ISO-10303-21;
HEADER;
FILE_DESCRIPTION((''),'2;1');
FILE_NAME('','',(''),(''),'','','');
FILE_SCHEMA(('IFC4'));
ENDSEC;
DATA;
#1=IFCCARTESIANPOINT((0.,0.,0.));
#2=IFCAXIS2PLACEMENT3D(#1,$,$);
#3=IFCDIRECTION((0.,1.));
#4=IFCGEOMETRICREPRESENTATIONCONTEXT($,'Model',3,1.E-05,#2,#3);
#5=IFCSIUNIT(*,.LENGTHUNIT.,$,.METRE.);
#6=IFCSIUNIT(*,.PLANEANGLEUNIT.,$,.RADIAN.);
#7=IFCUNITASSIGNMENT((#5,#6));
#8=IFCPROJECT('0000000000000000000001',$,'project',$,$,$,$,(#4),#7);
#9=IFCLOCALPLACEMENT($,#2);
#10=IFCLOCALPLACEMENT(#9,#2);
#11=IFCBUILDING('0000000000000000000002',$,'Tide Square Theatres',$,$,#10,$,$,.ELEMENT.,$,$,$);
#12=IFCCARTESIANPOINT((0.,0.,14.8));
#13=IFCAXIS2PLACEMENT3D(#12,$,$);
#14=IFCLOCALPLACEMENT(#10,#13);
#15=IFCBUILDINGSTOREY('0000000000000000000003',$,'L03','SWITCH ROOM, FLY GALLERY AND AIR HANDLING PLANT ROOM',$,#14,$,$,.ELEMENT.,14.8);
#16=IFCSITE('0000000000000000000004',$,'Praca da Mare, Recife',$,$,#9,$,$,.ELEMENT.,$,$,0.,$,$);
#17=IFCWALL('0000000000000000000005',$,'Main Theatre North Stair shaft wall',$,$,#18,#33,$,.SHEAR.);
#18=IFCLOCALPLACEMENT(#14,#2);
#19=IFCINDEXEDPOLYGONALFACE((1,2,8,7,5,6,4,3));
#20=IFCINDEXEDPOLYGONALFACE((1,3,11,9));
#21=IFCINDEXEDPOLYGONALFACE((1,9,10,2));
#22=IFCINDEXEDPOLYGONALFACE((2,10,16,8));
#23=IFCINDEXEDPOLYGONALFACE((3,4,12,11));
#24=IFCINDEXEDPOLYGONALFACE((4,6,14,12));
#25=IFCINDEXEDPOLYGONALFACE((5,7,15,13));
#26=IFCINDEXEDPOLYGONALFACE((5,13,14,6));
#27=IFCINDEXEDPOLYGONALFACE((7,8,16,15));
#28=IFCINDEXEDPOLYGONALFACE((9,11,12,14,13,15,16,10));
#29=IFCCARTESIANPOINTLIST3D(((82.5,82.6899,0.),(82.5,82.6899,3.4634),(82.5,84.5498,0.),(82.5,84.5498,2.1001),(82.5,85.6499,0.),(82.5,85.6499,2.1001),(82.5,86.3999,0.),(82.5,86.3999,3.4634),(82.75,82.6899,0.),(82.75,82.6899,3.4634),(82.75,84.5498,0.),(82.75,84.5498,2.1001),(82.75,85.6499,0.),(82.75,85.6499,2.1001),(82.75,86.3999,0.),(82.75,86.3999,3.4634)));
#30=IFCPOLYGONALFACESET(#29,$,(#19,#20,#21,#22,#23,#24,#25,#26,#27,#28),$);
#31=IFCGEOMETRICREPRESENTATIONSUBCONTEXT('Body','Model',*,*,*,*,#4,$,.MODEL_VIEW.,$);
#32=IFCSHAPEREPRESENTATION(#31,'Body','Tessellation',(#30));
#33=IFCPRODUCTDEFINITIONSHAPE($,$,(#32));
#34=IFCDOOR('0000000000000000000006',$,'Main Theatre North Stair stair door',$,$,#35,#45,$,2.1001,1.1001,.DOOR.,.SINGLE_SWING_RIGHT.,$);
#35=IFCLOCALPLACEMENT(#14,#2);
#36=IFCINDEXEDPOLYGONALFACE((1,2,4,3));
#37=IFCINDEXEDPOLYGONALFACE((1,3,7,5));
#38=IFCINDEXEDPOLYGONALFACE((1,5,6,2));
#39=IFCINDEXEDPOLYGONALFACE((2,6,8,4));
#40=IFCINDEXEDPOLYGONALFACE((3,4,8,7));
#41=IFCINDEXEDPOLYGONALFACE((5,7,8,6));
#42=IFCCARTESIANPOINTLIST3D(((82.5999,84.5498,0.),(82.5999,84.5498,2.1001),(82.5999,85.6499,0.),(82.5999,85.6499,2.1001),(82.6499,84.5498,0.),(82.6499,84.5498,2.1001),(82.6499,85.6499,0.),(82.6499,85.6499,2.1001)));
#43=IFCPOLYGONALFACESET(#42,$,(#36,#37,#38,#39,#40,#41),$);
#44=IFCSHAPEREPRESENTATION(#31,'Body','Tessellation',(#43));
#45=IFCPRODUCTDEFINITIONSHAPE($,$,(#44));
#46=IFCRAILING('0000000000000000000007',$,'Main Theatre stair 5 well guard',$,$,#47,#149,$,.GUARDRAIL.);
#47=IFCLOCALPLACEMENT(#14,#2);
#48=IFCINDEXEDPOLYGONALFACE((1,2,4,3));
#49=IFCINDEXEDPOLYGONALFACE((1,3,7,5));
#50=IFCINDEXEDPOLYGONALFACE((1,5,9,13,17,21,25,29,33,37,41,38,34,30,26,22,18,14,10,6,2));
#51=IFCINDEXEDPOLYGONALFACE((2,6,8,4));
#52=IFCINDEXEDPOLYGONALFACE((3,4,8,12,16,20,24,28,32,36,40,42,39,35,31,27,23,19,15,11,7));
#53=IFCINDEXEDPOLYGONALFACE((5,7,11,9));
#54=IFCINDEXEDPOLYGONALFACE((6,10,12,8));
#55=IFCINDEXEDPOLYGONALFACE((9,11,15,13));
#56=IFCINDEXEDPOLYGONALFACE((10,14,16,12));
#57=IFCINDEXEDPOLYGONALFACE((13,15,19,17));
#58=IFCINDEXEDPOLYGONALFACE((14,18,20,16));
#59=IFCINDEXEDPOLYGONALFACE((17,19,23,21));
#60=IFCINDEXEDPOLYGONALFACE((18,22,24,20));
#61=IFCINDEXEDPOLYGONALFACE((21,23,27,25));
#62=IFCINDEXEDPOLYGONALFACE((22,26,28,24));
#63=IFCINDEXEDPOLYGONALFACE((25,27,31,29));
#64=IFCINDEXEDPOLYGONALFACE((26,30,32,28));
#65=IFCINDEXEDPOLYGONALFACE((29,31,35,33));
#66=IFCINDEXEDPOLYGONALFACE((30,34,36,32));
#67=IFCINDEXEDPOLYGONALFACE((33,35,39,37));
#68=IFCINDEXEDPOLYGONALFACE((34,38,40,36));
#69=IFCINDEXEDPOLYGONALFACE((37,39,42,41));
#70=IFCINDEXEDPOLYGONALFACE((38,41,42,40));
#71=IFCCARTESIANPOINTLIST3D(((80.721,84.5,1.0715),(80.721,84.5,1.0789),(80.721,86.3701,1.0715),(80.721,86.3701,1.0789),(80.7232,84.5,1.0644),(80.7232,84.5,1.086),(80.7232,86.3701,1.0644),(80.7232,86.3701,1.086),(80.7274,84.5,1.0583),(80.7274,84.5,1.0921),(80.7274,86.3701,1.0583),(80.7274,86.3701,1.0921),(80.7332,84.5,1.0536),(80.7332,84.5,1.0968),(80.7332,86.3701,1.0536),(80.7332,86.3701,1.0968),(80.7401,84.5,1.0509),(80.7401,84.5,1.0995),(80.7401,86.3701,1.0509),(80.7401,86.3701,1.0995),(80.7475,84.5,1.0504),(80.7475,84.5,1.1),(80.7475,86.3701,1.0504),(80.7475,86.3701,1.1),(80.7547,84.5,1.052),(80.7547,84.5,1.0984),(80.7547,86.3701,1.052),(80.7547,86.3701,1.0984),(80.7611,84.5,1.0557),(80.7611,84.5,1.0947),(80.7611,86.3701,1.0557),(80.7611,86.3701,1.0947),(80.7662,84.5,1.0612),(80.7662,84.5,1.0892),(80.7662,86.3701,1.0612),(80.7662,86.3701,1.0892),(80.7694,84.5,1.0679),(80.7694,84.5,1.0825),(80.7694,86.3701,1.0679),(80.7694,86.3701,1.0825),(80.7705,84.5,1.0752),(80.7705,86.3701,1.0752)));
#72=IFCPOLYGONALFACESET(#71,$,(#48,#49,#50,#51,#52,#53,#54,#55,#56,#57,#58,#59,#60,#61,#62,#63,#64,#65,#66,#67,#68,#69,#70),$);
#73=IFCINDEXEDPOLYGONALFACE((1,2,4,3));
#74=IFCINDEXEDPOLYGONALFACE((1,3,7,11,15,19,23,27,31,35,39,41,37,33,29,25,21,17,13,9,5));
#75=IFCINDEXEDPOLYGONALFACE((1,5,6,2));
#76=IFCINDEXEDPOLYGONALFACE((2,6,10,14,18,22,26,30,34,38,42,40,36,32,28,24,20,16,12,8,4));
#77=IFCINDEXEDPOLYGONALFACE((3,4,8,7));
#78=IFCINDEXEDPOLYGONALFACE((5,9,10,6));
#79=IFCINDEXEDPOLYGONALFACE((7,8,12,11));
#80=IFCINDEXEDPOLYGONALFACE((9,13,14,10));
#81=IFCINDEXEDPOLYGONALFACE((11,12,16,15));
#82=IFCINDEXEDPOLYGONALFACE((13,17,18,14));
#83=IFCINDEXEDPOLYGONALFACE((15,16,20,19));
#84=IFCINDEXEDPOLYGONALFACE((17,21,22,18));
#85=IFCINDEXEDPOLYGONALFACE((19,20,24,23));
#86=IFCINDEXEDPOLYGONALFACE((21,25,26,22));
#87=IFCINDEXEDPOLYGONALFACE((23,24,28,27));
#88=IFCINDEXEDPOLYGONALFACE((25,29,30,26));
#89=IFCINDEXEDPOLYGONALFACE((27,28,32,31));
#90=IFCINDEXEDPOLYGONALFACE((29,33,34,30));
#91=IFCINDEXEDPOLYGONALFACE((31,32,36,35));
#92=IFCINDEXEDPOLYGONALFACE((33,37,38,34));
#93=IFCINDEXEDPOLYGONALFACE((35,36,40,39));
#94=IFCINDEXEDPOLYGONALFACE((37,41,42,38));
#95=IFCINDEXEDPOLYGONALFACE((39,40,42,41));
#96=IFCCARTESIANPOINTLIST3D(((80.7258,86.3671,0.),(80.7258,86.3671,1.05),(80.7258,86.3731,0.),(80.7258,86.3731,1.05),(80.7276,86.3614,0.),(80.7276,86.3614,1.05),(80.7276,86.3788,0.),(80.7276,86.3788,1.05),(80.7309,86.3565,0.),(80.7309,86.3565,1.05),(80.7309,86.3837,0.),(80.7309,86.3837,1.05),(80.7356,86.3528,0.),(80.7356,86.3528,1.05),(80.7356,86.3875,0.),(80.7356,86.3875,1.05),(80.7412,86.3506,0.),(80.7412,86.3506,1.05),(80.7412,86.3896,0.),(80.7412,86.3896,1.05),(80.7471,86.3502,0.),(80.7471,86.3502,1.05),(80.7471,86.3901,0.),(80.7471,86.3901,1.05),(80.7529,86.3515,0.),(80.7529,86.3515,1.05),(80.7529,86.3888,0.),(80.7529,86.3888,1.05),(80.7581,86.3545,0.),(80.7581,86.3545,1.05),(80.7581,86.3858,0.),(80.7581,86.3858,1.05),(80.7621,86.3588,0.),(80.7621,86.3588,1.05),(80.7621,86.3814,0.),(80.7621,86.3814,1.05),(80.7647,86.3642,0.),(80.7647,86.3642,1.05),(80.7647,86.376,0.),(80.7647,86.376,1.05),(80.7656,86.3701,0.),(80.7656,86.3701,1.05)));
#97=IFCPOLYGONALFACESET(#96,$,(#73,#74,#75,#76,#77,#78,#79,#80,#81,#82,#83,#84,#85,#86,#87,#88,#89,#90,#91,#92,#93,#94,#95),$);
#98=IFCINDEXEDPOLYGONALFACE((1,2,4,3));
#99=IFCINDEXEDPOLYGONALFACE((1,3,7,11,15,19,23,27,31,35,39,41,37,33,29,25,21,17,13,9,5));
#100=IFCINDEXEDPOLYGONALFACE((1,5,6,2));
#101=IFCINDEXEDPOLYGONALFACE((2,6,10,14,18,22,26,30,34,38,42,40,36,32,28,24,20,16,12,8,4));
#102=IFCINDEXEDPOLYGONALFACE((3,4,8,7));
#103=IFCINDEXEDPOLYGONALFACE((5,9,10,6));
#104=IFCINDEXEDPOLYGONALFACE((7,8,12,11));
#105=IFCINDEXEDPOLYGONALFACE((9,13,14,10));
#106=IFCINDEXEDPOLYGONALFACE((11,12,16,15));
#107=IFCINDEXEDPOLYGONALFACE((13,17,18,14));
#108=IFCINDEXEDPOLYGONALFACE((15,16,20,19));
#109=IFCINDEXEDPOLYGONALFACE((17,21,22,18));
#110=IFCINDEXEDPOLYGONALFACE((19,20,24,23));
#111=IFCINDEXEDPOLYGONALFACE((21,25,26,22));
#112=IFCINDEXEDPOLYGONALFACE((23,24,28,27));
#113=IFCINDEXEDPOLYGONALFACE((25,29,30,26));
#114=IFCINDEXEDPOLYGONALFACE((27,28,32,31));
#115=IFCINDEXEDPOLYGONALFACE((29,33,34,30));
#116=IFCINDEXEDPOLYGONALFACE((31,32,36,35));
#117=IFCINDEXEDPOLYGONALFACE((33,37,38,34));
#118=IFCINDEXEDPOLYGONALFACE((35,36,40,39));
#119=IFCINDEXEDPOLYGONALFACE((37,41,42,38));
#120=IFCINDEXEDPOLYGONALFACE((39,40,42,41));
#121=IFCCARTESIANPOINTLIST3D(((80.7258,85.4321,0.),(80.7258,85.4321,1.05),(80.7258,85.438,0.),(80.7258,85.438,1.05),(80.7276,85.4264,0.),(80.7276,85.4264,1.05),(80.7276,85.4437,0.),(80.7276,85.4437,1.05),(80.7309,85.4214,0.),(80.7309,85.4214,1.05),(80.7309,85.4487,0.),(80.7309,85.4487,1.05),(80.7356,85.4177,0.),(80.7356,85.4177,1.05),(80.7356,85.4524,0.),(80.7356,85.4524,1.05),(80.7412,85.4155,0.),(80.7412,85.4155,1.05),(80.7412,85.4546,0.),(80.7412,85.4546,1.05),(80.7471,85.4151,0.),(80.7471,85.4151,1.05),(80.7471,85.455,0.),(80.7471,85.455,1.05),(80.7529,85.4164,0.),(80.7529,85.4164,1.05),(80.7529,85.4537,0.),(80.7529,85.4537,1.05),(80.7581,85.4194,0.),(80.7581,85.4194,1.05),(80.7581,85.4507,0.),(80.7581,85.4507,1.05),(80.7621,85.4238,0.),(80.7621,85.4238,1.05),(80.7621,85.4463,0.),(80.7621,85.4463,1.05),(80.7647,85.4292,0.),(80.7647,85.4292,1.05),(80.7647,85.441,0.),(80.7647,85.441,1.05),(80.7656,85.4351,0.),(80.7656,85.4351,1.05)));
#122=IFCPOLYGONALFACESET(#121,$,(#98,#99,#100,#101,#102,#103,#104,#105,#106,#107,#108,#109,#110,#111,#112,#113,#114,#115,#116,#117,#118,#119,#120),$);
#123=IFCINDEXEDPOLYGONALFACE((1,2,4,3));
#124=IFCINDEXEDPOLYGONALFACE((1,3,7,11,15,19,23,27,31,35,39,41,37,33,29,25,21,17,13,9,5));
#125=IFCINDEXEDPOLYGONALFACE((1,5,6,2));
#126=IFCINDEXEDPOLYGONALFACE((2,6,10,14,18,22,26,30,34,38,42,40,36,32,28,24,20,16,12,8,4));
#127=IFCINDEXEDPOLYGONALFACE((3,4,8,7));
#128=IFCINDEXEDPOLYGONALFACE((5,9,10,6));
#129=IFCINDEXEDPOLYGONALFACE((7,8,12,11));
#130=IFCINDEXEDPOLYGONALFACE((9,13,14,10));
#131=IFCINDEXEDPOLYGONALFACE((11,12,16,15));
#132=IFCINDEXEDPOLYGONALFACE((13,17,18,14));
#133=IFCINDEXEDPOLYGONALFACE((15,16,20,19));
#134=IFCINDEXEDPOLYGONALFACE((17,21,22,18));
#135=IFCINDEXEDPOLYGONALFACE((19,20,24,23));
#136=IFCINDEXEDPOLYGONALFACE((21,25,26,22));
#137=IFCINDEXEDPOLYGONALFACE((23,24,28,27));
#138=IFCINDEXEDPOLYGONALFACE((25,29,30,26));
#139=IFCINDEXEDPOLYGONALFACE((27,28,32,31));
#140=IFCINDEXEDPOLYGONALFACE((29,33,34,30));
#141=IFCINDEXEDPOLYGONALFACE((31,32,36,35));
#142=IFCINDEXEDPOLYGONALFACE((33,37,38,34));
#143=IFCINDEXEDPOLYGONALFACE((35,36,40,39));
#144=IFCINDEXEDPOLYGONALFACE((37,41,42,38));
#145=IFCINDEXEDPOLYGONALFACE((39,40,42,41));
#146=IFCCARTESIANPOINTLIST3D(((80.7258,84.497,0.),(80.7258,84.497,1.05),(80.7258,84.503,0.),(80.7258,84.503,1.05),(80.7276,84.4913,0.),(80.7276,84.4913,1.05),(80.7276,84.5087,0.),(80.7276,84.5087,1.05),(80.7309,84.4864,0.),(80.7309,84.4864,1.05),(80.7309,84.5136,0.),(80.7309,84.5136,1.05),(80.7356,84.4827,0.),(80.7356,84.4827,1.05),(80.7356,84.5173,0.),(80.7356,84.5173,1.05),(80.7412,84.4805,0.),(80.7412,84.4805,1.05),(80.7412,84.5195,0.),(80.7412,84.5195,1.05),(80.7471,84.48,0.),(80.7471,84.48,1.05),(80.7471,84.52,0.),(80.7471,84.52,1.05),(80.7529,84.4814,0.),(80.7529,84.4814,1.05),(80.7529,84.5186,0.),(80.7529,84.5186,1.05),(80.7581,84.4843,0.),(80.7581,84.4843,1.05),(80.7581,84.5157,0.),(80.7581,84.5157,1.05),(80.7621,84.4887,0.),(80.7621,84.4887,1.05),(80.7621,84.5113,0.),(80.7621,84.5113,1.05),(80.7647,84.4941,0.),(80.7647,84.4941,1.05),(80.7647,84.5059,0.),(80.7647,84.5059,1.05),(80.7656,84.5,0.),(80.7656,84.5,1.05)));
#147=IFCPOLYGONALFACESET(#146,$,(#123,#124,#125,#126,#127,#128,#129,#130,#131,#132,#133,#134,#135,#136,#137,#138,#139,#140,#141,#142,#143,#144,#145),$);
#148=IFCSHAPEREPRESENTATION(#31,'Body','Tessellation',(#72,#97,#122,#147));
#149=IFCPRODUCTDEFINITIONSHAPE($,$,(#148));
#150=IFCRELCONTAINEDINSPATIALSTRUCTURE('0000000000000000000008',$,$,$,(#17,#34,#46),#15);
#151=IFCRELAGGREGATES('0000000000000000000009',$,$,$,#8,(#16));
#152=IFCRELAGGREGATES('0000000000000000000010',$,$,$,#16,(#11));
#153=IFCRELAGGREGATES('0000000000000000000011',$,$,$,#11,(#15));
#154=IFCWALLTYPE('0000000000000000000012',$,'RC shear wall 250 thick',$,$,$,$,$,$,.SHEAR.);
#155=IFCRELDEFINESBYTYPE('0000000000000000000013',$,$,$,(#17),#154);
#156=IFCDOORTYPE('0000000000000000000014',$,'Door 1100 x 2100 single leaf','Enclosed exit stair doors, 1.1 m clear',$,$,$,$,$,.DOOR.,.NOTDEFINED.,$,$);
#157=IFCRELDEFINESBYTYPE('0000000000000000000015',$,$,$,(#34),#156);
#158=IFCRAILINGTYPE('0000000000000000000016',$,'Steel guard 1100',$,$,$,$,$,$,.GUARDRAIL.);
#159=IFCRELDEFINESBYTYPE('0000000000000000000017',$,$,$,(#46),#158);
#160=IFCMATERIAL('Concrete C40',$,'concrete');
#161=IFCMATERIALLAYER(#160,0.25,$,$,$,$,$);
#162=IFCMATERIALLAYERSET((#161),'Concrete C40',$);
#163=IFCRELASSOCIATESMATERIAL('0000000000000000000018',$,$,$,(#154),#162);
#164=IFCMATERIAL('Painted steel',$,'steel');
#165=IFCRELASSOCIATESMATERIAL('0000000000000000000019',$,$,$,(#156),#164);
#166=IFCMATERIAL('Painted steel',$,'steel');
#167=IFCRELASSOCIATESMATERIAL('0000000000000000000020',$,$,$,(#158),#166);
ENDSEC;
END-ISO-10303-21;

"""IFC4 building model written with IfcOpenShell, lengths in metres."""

from ifc_helpers import new_model, si_unit, direction, frame, frame_2d, origin, origin_2d, place, context, subcontext, project, spatial, rectangle, circle, extrude, material, layer, layer_set, type_object, element, fill, save


model = new_model("IFC4")

# Units and contexts
model_context = context("Model", 3, precision=1e-05, world=origin(), true_north=direction((0.0, 1.0)))
body_context = subcontext(model_context, "Body", "Model", "MODEL_VIEW")
ifc_project = project(units=[si_unit("LENGTHUNIT", "METRE"), si_unit("PLANEANGLEUNIT", "RADIAN")], contexts=[model_context])

# Site, building, storey
site_placement = place(None, origin())
site = spatial("IfcSite", under=ifc_project, at=site_placement, Name="Praca da Mare, Recife", CompositionType="ELEMENT", RefElevation=0.0)
building_placement = place(site_placement, origin())
building = spatial("IfcBuilding", under=site, at=building_placement, Name="Tide Square Theatres", CompositionType="ELEMENT")
storey_placement = place(building_placement, frame((0.0, 0.0, 14.8)))
storey = spatial("IfcBuildingStorey", under=building, at=storey_placement, Name="L03", Description="SWITCH ROOM, FLY GALLERY AND AIR HANDLING PLANT ROOM", CompositionType="ELEMENT", Elevation=14.8)

# Wall, opening, door
ifc_material_1 = material(Name="Concrete C40", Category="concrete")
ifc_layer_1 = layer(ifc_material_1, 0.25)
ifc_layer_set_1 = layer_set([ifc_layer_1], Name="Concrete C40")
wall_type_1 = type_object("IfcWallType", Name="RC shear wall 250 thick", PredefinedType="SHEAR", material=ifc_layer_set_1)
wall_1_placement = place(storey_placement, frame((82.625, 86.3999, 0.0), z_axis=(0.0, 0.0, 1.0), x_axis=(0.0, -1.0, 0.0)))
wall_1 = element("IfcWall", 1, at=wall_1_placement, inside=storey, type_object=wall_type_1, Name="Main Theatre North Stair shaft wall", PredefinedType="SHEAR", context=body_context, shape_type="SweptSolid", body=[
    extrude(rectangle(XDim=3.71, YDim=0.25, at=frame_2d((1.855, 0.0))), origin(), (0.0, 0.0, 1.0), 3.4634),
])
opening_placement = place(wall_1_placement, frame((0.75, 0.0, 0.0)))
opening = element("IfcOpeningElement", 2, at=opening_placement, cuts=wall_1, PredefinedType="OPENING", context=body_context, shape_type="SweptSolid", body=[
    extrude(rectangle(XDim=1.1001, YDim=2.1001, at=frame_2d((0.55, 1.05))), frame((0.0, 0.135, 0.0), z_axis=(0.0, -1.0, 0.0), x_axis=(1.0, 0.0, 0.0)), (0.0, 0.0, 1.0), 0.27),
])
ifc_material_2 = material(Name="Painted steel", Category="steel")
door_type = type_object("IfcDoorType", Name="Door 1100 x 2100 single leaf", Description="Enclosed exit stair doors, 1.1 m clear", OperationType="NOTDEFINED", PredefinedType="DOOR", material=ifc_material_2)
door_placement = place(opening_placement, origin())
door = element("IfcDoor", 3, at=door_placement, inside=storey, type_object=door_type, Name="Main Theatre North Stair stair door", OperationType="SINGLE_SWING_RIGHT", OverallHeight=2.1001, OverallWidth=1.1001, PredefinedType="DOOR", context=body_context, shape_type="SweptSolid", body=[
    extrude(rectangle(XDim=1.1001, YDim=2.1001, at=frame_2d((0.55, 1.05))), frame((0.0, 0.0249, 0.0), z_axis=(0.0, -1.0, 0.0), x_axis=(1.0, 0.0, 0.0)), (0.0, 0.0, 1.0), 0.05),
])
fill(opening, door)

# Railing
ifc_material_3 = material(Name="Painted steel", Category="steel")
railing_type = type_object("IfcRailingType", Name="Steel guard 1100", PredefinedType="GUARDRAIL", material=ifc_material_3)
railing_placement = place(storey_placement, frame((80.7456, 86.3701, 0.0)))
element("IfcRailing", 4, at=railing_placement, inside=storey, type_object=railing_type, Name="Main Theatre stair 5 well guard", PredefinedType="GUARDRAIL", context=body_context, shape_type="SweptSolid", body=[
    extrude(circle(Radius=0.0249, at=origin_2d()), frame((0.0, 0.0, 1.0752), z_axis=(0.0, -1.0, 0.0), x_axis=(1.0, 0.0, 0.0)), (0.0, 0.0, 1.0), 1.8701),
    extrude(circle(Radius=0.02, at=origin_2d()), origin(), (0.0, 0.0, 1.0), 1.05),
    extrude(circle(Radius=0.02, at=origin_2d()), frame((0.0, -0.9351, 0.0)), (0.0, 0.0, 1.0), 1.05),
    extrude(circle(Radius=0.02, at=origin_2d()), frame((0.0, -1.8701, 0.0)), (0.0, 0.0, 1.0), 1.05),
])

save(model, "model.ifc")
